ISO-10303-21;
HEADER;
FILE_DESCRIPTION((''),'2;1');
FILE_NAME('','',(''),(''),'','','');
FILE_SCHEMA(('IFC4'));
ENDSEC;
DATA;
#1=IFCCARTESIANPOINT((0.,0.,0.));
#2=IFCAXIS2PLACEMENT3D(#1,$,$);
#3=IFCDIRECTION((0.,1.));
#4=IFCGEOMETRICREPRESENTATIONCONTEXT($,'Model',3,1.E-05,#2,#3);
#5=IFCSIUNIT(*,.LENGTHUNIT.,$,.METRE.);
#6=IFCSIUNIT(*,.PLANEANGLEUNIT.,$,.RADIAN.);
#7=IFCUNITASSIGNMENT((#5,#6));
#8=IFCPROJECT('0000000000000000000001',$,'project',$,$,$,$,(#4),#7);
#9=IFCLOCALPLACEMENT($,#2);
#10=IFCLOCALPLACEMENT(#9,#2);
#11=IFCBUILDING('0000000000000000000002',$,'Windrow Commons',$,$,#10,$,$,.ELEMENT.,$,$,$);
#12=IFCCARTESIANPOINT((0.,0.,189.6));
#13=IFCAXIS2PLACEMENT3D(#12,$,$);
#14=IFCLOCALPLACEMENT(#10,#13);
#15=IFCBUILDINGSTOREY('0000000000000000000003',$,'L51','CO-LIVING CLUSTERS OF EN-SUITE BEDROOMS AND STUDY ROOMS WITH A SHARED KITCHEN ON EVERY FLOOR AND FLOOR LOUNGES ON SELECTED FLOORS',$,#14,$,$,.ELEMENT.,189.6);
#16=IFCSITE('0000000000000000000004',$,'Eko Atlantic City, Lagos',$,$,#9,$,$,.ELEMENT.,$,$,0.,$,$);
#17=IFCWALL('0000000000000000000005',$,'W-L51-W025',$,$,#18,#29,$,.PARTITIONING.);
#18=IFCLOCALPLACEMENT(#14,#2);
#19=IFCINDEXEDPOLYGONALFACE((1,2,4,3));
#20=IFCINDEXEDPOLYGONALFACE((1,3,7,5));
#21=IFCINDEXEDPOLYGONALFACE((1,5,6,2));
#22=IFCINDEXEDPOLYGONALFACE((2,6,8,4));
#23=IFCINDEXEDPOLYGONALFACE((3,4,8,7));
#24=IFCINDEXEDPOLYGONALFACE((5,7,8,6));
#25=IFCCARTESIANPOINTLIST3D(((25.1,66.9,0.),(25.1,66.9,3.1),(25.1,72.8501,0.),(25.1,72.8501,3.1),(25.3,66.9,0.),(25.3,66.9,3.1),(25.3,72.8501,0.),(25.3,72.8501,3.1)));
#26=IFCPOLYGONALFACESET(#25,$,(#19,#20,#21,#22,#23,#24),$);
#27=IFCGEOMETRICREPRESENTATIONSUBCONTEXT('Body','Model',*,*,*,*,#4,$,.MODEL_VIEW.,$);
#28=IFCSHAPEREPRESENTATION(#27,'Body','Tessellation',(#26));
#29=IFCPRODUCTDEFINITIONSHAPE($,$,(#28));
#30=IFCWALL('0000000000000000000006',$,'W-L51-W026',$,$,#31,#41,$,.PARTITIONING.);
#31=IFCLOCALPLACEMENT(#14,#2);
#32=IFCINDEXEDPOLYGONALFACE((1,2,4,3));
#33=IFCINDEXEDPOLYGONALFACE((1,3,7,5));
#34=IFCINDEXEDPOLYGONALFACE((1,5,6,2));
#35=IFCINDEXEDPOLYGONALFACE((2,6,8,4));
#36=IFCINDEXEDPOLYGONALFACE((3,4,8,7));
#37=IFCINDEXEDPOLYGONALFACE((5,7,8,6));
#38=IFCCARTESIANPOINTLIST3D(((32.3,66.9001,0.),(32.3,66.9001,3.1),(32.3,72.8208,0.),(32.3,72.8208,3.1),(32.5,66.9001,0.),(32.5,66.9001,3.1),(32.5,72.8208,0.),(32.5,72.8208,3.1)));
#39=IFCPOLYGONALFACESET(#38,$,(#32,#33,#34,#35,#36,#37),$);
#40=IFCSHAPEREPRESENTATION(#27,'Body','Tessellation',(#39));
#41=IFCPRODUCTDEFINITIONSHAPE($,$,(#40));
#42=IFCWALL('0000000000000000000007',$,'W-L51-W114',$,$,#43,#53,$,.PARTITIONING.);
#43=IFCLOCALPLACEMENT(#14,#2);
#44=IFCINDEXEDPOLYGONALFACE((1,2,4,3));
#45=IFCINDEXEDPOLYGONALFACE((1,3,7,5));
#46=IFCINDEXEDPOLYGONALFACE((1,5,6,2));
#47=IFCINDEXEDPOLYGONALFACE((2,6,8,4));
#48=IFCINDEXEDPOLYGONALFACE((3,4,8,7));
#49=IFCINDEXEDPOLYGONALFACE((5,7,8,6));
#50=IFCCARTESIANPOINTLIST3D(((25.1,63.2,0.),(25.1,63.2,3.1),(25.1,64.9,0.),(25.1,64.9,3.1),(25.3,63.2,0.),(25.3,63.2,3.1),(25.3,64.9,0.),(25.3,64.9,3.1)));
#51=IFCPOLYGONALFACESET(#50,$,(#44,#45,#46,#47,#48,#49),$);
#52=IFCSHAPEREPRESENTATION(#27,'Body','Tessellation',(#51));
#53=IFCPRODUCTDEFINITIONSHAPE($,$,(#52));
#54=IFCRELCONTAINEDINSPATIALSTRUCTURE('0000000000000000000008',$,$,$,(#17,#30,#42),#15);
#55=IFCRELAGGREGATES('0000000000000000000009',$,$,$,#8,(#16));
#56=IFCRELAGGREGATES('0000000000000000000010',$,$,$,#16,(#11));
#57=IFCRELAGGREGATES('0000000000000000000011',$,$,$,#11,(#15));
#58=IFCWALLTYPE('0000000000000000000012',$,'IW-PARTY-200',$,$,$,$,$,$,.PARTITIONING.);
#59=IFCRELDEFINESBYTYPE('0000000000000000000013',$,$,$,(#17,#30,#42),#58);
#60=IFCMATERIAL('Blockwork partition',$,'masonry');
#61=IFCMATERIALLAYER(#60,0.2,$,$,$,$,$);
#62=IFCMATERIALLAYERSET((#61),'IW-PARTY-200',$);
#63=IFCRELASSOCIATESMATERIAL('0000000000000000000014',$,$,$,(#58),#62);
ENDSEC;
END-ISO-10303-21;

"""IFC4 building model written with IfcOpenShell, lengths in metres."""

from ifc_helpers import new_model, si_unit, direction, frame, frame_2d, origin, place, context, subcontext, project, spatial, rectangle, extrude, material, layer, layer_set, type_object, element, save


model = new_model("IFC4")

# Units and contexts
model_context = context("Model", 3, precision=1e-05, world=origin(), true_north=direction((0.0, 1.0)))
body_context = subcontext(model_context, "Body", "Model", "MODEL_VIEW")
ifc_project = project(units=[si_unit("LENGTHUNIT", "METRE"), si_unit("PLANEANGLEUNIT", "RADIAN")], contexts=[model_context])

# Site, building, storey
site_placement = place(None, origin())
site = spatial("IfcSite", under=ifc_project, at=site_placement, Name="Eko Atlantic City, Lagos", CompositionType="ELEMENT", RefElevation=0.0)
building_placement = place(site_placement, origin())
building = spatial("IfcBuilding", under=site, at=building_placement, Name="Windrow Commons", CompositionType="ELEMENT")
storey_placement = place(building_placement, frame((0.0, 0.0, 189.6)))
storey = spatial("IfcBuildingStorey", under=building, at=storey_placement, Name="L51", Description="CO-LIVING CLUSTERS OF EN-SUITE BEDROOMS AND STUDY ROOMS WITH A SHARED KITCHEN ON EVERY FLOOR AND FLOOR LOUNGES ON SELECTED FLOORS", CompositionType="ELEMENT", Elevation=189.6)

# Walls
ifc_material_1 = material(Name="Blockwork partition", Category="masonry")
ifc_layer_1 = layer(ifc_material_1, 0.2)
ifc_layer_set_1 = layer_set([ifc_layer_1], Name="IW-PARTY-200")
wall_type_1 = type_object("IfcWallType", Name="IW-PARTY-200", PredefinedType="PARTITIONING", material=ifc_layer_set_1)
wall_1_placement = place(storey_placement, frame((25.2, 66.9, 0.0), z_axis=(0.0, 0.0, 1.0), x_axis=(0.0, 1.0, 0.0)))
element("IfcWall", 1, at=wall_1_placement, inside=storey, type_object=wall_type_1, Name="W-L51-W025", PredefinedType="PARTITIONING", context=body_context, shape_type="SweptSolid", body=[
    extrude(rectangle(XDim=5.9501, YDim=0.2, at=frame_2d((2.975, 0.0))), origin(), (0.0, 0.0, 1.0), 3.1),
])
wall_2_placement = place(storey_placement, frame((32.4, 66.9, 0.0), z_axis=(0.0, 0.0, 1.0), x_axis=(0.0, 1.0, 0.0)))
element("IfcWall", 2, at=wall_2_placement, inside=storey, type_object=wall_type_1, Name="W-L51-W026", PredefinedType="PARTITIONING", context=body_context, shape_type="SweptSolid", body=[
    extrude(rectangle(XDim=5.9207, YDim=0.2, at=frame_2d((2.9604, 0.0))), origin(), (0.0, 0.0, 1.0), 3.1),
])
wall_3_placement = place(storey_placement, frame((25.2, 63.2, 0.0), z_axis=(0.0, 0.0, 1.0), x_axis=(0.0, 1.0, 0.0)))
element("IfcWall", 3, at=wall_3_placement, inside=storey, type_object=wall_type_1, Name="W-L51-W114", PredefinedType="PARTITIONING", context=body_context, shape_type="SweptSolid", body=[
    extrude(rectangle(XDim=1.7, YDim=0.2, at=frame_2d((0.85, 0.0))), origin(), (0.0, 0.0, 1.0), 3.1),
])

save(model, "model.ifc")
